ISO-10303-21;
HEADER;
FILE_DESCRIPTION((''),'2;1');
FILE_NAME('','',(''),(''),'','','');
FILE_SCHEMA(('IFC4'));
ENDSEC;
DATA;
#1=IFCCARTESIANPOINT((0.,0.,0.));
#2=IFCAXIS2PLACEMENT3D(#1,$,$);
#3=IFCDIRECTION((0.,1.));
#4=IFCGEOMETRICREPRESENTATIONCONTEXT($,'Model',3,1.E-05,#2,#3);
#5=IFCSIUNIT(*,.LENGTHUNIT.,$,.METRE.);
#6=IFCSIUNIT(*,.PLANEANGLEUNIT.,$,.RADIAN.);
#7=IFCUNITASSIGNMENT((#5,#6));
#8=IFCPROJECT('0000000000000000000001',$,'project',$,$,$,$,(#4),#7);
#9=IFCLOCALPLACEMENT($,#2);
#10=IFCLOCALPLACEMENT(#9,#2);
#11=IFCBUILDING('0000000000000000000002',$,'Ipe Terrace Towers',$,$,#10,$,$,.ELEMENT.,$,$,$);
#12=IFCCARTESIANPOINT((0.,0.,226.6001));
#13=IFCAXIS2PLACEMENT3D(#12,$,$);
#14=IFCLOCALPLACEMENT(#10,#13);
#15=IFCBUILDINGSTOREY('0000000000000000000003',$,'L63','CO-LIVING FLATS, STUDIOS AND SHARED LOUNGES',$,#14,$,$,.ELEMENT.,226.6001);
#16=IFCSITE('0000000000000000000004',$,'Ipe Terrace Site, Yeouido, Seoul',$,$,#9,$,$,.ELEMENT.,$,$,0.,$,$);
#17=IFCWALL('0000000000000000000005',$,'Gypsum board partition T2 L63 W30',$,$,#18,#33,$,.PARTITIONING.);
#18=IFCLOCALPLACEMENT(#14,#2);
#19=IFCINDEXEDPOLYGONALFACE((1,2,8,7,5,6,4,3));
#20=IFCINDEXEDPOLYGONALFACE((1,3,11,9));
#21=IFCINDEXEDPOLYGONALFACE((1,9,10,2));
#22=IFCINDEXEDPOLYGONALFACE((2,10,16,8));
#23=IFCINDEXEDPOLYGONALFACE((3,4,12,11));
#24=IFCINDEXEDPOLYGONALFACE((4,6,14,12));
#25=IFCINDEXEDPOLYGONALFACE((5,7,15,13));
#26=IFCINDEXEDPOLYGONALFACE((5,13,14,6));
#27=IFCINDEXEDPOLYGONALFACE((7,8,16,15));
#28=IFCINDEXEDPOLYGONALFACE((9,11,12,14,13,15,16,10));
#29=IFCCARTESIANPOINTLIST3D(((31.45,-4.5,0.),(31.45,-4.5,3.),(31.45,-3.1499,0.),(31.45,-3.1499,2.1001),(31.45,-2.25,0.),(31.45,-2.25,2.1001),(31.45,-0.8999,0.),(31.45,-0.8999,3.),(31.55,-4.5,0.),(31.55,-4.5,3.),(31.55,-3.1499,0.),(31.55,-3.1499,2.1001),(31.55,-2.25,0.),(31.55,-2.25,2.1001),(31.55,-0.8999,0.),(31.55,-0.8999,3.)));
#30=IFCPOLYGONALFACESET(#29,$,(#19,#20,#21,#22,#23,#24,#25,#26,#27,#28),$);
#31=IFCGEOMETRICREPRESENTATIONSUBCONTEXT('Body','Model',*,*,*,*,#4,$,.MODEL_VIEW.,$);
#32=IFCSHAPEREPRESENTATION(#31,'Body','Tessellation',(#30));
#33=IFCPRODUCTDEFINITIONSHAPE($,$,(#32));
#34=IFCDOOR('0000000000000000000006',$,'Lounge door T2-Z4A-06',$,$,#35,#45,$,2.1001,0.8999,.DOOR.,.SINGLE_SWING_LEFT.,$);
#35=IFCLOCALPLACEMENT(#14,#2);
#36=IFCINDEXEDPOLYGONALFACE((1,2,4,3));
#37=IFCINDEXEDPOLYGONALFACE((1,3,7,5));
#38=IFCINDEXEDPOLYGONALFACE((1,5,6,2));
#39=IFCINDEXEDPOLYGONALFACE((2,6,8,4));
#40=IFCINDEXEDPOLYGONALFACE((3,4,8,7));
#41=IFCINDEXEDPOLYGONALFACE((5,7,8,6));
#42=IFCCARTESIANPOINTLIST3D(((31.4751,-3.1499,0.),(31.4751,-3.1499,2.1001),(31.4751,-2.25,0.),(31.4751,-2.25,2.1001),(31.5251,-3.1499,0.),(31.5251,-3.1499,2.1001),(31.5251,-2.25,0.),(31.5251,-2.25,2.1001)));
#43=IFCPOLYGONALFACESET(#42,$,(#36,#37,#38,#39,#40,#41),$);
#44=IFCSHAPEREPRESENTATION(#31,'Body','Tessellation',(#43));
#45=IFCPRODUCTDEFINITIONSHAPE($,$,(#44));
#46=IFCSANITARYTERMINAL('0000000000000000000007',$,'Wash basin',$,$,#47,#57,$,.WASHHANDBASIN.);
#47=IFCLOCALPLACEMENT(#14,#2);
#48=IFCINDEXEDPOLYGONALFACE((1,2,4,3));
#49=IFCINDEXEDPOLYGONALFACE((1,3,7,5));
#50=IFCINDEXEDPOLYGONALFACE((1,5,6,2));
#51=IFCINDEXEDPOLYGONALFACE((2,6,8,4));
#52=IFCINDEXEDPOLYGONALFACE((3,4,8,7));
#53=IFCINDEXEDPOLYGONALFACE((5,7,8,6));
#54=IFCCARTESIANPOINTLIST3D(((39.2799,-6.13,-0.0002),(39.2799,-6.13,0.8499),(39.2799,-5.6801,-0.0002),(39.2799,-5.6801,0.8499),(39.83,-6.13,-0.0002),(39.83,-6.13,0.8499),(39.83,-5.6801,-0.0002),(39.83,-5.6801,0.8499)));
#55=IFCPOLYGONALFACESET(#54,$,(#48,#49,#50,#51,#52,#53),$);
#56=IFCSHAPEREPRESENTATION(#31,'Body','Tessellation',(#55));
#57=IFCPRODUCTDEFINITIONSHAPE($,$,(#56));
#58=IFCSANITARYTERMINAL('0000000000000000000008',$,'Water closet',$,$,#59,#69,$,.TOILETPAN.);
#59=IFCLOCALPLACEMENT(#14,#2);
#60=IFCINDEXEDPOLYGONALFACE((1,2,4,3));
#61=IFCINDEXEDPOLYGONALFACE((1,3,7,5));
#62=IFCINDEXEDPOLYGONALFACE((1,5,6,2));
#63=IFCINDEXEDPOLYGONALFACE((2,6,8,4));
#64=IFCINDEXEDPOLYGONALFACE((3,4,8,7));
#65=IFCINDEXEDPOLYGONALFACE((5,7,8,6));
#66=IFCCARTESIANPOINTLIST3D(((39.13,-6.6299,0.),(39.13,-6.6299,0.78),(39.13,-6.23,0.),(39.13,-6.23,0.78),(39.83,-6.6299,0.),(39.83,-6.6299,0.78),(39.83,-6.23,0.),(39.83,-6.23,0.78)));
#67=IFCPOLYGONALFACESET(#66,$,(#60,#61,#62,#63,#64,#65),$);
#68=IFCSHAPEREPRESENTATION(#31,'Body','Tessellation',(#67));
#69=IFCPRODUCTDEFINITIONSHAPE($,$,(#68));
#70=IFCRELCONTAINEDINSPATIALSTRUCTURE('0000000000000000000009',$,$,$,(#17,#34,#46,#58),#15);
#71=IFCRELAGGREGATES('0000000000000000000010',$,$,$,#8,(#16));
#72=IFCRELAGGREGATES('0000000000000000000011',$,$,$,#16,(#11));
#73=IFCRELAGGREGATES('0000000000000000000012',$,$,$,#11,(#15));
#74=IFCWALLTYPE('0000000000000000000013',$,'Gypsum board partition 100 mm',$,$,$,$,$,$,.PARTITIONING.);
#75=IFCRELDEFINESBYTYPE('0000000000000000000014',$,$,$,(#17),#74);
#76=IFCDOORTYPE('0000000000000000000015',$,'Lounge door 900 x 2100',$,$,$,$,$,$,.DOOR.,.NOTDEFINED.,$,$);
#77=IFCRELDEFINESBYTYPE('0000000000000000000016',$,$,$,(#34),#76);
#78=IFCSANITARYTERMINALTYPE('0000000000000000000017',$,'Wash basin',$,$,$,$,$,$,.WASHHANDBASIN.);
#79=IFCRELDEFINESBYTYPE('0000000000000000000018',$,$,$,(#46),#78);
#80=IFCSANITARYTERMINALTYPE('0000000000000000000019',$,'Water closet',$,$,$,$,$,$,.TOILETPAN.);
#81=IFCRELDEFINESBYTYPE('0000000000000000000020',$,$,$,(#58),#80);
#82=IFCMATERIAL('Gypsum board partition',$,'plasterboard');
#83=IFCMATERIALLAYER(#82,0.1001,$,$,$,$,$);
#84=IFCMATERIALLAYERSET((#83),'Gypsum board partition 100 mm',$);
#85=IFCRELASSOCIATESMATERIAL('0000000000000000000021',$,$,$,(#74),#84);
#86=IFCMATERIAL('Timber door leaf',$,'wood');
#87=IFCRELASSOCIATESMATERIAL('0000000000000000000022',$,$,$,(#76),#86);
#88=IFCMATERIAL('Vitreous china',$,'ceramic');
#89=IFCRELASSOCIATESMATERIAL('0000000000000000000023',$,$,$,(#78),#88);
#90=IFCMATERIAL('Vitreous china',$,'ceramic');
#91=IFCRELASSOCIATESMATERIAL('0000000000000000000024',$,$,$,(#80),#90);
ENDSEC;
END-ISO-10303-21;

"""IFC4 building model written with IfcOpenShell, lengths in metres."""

from ifc_helpers import new_model, si_unit, direction, frame, frame_2d, origin, origin_2d, place, context, subcontext, project, spatial, rectangle, extrude, material, layer, layer_set, type_object, element, fill, save


model = new_model("IFC4")

# Units and contexts
model_context = context("Model", 3, precision=1e-05, world=origin(), true_north=direction((0.0, 1.0)))
body_context = subcontext(model_context, "Body", "Model", "MODEL_VIEW")
ifc_project = project(units=[si_unit("LENGTHUNIT", "METRE"), si_unit("PLANEANGLEUNIT", "RADIAN")], contexts=[model_context])

# Site, building, storey
site_placement = place(None, origin())
site = spatial("IfcSite", under=ifc_project, at=site_placement, Name="Ipe Terrace Site, Yeouido, Seoul", CompositionType="ELEMENT", RefElevation=0.0)
building_placement = place(site_placement, origin())
building = spatial("IfcBuilding", under=site, at=building_placement, Name="Ipe Terrace Towers", CompositionType="ELEMENT")
storey_placement = place(building_placement, frame((0.0, 0.0, 226.6001)))
storey = spatial("IfcBuildingStorey", under=building, at=storey_placement, Name="L63", Description="CO-LIVING FLATS, STUDIOS AND SHARED LOUNGES", CompositionType="ELEMENT", Elevation=226.6001)

# Shared definitions
ifc_material_1 = material(Name="Gypsum board partition", Category="plasterboard")
ifc_layer = layer(ifc_material_1, 0.1001)
ifc_layer_set = layer_set([ifc_layer], Name="Gypsum board partition 100 mm")
wall_type = type_object("IfcWallType", Name="Gypsum board partition 100 mm", PredefinedType="PARTITIONING", material=ifc_layer_set)

# Shared definitions
ifc_material_2 = material(Name="Timber door leaf", Category="wood")
door_type_1 = type_object("IfcDoorType", Name="Lounge door 900 x 2100", OperationType="NOTDEFINED", PredefinedType="DOOR", material=ifc_material_2)

# Wall, opening, door
wall_1_placement = place(storey_placement, frame((31.5, -4.5, 0.0), z_axis=(0.0, 0.0, 1.0), x_axis=(0.0, 1.0, 0.0)))
wall_1 = element("IfcWall", 1, at=wall_1_placement, inside=storey, type_object=wall_type, Name="Gypsum board partition T2 L63 W30", PredefinedType="PARTITIONING", context=body_context, shape_type="SweptSolid", body=[
    extrude(rectangle(XDim=3.6001, YDim=0.1001, at=frame_2d((1.8, 0.0))), origin(), (0.0, 0.0, 1.0), 3.0),
])
opening_1_placement = place(wall_1_placement, frame((1.3501, 0.0, 0.0)))
opening_1 = element("IfcOpeningElement", 2, at=opening_1_placement, cuts=wall_1, PredefinedType="OPENING", context=body_context, shape_type="SweptSolid", body=[
    extrude(rectangle(XDim=0.8999, YDim=2.1001, at=frame_2d((0.45, 1.05))), frame((0.0, 0.0601, 0.0), z_axis=(0.0, -1.0, 0.0), x_axis=(1.0, 0.0, 0.0)), (0.0, 0.0, 1.0), 0.1201),
])
door_1_placement = place(opening_1_placement, origin())
door_1 = element("IfcDoor", 3, at=door_1_placement, inside=storey, type_object=door_type_1, Name="Lounge door T2-Z4A-06", OperationType="SINGLE_SWING_LEFT", OverallHeight=2.1001, OverallWidth=0.8999, PredefinedType="DOOR", context=body_context, shape_type="SweptSolid", body=[
    extrude(rectangle(XDim=0.8999, YDim=2.1001, at=frame_2d((0.45, 1.05))), frame((0.0, 0.0249, 0.0), z_axis=(0.0, -1.0, 0.0), x_axis=(1.0, 0.0, 0.0)), (0.0, 0.0, 1.0), 0.05),
])
fill(opening_1, door_1)

# Sanitary terminals
ifc_material_3 = material(Name="Vitreous china", Category="ceramic")
sanitary_terminal_type_1 = type_object("IfcSanitaryTerminalType", Name="Wash basin", PredefinedType="WASHHANDBASIN", material=ifc_material_3)
sanitary_terminal_1_placement = place(storey_placement, frame((39.5549, -5.905, -0.0002), z_axis=(0.0, 0.0, 1.0), x_axis=(-1.0, 0.0, 0.0)))
element("IfcSanitaryTerminal", 4, at=sanitary_terminal_1_placement, inside=storey, type_object=sanitary_terminal_type_1, Name="Wash basin", PredefinedType="WASHHANDBASIN", context=body_context, shape_type="SweptSolid", body=[
    extrude(rectangle(XDim=0.55, YDim=0.45, at=origin_2d()), origin(), (0.0, 0.0, 1.0), 0.8501),
])
ifc_material_4 = material(Name="Vitreous china", Category="ceramic")
sanitary_terminal_type_2 = type_object("IfcSanitaryTerminalType", Name="Water closet", PredefinedType="TOILETPAN", material=ifc_material_4)
sanitary_terminal_2_placement = place(storey_placement, frame((39.48, -6.4299, 0.0), z_axis=(0.0, 0.0, 1.0), x_axis=(-1.0, 0.0, 0.0)))
element("IfcSanitaryTerminal", 5, at=sanitary_terminal_2_placement, inside=storey, type_object=sanitary_terminal_type_2, Name="Water closet", PredefinedType="TOILETPAN", context=body_context, shape_type="SweptSolid", body=[
    extrude(rectangle(XDim=0.7, YDim=0.3999, at=origin_2d()), origin(), (0.0, 0.0, 1.0), 0.78),
])

save(model, "model.ifc")
